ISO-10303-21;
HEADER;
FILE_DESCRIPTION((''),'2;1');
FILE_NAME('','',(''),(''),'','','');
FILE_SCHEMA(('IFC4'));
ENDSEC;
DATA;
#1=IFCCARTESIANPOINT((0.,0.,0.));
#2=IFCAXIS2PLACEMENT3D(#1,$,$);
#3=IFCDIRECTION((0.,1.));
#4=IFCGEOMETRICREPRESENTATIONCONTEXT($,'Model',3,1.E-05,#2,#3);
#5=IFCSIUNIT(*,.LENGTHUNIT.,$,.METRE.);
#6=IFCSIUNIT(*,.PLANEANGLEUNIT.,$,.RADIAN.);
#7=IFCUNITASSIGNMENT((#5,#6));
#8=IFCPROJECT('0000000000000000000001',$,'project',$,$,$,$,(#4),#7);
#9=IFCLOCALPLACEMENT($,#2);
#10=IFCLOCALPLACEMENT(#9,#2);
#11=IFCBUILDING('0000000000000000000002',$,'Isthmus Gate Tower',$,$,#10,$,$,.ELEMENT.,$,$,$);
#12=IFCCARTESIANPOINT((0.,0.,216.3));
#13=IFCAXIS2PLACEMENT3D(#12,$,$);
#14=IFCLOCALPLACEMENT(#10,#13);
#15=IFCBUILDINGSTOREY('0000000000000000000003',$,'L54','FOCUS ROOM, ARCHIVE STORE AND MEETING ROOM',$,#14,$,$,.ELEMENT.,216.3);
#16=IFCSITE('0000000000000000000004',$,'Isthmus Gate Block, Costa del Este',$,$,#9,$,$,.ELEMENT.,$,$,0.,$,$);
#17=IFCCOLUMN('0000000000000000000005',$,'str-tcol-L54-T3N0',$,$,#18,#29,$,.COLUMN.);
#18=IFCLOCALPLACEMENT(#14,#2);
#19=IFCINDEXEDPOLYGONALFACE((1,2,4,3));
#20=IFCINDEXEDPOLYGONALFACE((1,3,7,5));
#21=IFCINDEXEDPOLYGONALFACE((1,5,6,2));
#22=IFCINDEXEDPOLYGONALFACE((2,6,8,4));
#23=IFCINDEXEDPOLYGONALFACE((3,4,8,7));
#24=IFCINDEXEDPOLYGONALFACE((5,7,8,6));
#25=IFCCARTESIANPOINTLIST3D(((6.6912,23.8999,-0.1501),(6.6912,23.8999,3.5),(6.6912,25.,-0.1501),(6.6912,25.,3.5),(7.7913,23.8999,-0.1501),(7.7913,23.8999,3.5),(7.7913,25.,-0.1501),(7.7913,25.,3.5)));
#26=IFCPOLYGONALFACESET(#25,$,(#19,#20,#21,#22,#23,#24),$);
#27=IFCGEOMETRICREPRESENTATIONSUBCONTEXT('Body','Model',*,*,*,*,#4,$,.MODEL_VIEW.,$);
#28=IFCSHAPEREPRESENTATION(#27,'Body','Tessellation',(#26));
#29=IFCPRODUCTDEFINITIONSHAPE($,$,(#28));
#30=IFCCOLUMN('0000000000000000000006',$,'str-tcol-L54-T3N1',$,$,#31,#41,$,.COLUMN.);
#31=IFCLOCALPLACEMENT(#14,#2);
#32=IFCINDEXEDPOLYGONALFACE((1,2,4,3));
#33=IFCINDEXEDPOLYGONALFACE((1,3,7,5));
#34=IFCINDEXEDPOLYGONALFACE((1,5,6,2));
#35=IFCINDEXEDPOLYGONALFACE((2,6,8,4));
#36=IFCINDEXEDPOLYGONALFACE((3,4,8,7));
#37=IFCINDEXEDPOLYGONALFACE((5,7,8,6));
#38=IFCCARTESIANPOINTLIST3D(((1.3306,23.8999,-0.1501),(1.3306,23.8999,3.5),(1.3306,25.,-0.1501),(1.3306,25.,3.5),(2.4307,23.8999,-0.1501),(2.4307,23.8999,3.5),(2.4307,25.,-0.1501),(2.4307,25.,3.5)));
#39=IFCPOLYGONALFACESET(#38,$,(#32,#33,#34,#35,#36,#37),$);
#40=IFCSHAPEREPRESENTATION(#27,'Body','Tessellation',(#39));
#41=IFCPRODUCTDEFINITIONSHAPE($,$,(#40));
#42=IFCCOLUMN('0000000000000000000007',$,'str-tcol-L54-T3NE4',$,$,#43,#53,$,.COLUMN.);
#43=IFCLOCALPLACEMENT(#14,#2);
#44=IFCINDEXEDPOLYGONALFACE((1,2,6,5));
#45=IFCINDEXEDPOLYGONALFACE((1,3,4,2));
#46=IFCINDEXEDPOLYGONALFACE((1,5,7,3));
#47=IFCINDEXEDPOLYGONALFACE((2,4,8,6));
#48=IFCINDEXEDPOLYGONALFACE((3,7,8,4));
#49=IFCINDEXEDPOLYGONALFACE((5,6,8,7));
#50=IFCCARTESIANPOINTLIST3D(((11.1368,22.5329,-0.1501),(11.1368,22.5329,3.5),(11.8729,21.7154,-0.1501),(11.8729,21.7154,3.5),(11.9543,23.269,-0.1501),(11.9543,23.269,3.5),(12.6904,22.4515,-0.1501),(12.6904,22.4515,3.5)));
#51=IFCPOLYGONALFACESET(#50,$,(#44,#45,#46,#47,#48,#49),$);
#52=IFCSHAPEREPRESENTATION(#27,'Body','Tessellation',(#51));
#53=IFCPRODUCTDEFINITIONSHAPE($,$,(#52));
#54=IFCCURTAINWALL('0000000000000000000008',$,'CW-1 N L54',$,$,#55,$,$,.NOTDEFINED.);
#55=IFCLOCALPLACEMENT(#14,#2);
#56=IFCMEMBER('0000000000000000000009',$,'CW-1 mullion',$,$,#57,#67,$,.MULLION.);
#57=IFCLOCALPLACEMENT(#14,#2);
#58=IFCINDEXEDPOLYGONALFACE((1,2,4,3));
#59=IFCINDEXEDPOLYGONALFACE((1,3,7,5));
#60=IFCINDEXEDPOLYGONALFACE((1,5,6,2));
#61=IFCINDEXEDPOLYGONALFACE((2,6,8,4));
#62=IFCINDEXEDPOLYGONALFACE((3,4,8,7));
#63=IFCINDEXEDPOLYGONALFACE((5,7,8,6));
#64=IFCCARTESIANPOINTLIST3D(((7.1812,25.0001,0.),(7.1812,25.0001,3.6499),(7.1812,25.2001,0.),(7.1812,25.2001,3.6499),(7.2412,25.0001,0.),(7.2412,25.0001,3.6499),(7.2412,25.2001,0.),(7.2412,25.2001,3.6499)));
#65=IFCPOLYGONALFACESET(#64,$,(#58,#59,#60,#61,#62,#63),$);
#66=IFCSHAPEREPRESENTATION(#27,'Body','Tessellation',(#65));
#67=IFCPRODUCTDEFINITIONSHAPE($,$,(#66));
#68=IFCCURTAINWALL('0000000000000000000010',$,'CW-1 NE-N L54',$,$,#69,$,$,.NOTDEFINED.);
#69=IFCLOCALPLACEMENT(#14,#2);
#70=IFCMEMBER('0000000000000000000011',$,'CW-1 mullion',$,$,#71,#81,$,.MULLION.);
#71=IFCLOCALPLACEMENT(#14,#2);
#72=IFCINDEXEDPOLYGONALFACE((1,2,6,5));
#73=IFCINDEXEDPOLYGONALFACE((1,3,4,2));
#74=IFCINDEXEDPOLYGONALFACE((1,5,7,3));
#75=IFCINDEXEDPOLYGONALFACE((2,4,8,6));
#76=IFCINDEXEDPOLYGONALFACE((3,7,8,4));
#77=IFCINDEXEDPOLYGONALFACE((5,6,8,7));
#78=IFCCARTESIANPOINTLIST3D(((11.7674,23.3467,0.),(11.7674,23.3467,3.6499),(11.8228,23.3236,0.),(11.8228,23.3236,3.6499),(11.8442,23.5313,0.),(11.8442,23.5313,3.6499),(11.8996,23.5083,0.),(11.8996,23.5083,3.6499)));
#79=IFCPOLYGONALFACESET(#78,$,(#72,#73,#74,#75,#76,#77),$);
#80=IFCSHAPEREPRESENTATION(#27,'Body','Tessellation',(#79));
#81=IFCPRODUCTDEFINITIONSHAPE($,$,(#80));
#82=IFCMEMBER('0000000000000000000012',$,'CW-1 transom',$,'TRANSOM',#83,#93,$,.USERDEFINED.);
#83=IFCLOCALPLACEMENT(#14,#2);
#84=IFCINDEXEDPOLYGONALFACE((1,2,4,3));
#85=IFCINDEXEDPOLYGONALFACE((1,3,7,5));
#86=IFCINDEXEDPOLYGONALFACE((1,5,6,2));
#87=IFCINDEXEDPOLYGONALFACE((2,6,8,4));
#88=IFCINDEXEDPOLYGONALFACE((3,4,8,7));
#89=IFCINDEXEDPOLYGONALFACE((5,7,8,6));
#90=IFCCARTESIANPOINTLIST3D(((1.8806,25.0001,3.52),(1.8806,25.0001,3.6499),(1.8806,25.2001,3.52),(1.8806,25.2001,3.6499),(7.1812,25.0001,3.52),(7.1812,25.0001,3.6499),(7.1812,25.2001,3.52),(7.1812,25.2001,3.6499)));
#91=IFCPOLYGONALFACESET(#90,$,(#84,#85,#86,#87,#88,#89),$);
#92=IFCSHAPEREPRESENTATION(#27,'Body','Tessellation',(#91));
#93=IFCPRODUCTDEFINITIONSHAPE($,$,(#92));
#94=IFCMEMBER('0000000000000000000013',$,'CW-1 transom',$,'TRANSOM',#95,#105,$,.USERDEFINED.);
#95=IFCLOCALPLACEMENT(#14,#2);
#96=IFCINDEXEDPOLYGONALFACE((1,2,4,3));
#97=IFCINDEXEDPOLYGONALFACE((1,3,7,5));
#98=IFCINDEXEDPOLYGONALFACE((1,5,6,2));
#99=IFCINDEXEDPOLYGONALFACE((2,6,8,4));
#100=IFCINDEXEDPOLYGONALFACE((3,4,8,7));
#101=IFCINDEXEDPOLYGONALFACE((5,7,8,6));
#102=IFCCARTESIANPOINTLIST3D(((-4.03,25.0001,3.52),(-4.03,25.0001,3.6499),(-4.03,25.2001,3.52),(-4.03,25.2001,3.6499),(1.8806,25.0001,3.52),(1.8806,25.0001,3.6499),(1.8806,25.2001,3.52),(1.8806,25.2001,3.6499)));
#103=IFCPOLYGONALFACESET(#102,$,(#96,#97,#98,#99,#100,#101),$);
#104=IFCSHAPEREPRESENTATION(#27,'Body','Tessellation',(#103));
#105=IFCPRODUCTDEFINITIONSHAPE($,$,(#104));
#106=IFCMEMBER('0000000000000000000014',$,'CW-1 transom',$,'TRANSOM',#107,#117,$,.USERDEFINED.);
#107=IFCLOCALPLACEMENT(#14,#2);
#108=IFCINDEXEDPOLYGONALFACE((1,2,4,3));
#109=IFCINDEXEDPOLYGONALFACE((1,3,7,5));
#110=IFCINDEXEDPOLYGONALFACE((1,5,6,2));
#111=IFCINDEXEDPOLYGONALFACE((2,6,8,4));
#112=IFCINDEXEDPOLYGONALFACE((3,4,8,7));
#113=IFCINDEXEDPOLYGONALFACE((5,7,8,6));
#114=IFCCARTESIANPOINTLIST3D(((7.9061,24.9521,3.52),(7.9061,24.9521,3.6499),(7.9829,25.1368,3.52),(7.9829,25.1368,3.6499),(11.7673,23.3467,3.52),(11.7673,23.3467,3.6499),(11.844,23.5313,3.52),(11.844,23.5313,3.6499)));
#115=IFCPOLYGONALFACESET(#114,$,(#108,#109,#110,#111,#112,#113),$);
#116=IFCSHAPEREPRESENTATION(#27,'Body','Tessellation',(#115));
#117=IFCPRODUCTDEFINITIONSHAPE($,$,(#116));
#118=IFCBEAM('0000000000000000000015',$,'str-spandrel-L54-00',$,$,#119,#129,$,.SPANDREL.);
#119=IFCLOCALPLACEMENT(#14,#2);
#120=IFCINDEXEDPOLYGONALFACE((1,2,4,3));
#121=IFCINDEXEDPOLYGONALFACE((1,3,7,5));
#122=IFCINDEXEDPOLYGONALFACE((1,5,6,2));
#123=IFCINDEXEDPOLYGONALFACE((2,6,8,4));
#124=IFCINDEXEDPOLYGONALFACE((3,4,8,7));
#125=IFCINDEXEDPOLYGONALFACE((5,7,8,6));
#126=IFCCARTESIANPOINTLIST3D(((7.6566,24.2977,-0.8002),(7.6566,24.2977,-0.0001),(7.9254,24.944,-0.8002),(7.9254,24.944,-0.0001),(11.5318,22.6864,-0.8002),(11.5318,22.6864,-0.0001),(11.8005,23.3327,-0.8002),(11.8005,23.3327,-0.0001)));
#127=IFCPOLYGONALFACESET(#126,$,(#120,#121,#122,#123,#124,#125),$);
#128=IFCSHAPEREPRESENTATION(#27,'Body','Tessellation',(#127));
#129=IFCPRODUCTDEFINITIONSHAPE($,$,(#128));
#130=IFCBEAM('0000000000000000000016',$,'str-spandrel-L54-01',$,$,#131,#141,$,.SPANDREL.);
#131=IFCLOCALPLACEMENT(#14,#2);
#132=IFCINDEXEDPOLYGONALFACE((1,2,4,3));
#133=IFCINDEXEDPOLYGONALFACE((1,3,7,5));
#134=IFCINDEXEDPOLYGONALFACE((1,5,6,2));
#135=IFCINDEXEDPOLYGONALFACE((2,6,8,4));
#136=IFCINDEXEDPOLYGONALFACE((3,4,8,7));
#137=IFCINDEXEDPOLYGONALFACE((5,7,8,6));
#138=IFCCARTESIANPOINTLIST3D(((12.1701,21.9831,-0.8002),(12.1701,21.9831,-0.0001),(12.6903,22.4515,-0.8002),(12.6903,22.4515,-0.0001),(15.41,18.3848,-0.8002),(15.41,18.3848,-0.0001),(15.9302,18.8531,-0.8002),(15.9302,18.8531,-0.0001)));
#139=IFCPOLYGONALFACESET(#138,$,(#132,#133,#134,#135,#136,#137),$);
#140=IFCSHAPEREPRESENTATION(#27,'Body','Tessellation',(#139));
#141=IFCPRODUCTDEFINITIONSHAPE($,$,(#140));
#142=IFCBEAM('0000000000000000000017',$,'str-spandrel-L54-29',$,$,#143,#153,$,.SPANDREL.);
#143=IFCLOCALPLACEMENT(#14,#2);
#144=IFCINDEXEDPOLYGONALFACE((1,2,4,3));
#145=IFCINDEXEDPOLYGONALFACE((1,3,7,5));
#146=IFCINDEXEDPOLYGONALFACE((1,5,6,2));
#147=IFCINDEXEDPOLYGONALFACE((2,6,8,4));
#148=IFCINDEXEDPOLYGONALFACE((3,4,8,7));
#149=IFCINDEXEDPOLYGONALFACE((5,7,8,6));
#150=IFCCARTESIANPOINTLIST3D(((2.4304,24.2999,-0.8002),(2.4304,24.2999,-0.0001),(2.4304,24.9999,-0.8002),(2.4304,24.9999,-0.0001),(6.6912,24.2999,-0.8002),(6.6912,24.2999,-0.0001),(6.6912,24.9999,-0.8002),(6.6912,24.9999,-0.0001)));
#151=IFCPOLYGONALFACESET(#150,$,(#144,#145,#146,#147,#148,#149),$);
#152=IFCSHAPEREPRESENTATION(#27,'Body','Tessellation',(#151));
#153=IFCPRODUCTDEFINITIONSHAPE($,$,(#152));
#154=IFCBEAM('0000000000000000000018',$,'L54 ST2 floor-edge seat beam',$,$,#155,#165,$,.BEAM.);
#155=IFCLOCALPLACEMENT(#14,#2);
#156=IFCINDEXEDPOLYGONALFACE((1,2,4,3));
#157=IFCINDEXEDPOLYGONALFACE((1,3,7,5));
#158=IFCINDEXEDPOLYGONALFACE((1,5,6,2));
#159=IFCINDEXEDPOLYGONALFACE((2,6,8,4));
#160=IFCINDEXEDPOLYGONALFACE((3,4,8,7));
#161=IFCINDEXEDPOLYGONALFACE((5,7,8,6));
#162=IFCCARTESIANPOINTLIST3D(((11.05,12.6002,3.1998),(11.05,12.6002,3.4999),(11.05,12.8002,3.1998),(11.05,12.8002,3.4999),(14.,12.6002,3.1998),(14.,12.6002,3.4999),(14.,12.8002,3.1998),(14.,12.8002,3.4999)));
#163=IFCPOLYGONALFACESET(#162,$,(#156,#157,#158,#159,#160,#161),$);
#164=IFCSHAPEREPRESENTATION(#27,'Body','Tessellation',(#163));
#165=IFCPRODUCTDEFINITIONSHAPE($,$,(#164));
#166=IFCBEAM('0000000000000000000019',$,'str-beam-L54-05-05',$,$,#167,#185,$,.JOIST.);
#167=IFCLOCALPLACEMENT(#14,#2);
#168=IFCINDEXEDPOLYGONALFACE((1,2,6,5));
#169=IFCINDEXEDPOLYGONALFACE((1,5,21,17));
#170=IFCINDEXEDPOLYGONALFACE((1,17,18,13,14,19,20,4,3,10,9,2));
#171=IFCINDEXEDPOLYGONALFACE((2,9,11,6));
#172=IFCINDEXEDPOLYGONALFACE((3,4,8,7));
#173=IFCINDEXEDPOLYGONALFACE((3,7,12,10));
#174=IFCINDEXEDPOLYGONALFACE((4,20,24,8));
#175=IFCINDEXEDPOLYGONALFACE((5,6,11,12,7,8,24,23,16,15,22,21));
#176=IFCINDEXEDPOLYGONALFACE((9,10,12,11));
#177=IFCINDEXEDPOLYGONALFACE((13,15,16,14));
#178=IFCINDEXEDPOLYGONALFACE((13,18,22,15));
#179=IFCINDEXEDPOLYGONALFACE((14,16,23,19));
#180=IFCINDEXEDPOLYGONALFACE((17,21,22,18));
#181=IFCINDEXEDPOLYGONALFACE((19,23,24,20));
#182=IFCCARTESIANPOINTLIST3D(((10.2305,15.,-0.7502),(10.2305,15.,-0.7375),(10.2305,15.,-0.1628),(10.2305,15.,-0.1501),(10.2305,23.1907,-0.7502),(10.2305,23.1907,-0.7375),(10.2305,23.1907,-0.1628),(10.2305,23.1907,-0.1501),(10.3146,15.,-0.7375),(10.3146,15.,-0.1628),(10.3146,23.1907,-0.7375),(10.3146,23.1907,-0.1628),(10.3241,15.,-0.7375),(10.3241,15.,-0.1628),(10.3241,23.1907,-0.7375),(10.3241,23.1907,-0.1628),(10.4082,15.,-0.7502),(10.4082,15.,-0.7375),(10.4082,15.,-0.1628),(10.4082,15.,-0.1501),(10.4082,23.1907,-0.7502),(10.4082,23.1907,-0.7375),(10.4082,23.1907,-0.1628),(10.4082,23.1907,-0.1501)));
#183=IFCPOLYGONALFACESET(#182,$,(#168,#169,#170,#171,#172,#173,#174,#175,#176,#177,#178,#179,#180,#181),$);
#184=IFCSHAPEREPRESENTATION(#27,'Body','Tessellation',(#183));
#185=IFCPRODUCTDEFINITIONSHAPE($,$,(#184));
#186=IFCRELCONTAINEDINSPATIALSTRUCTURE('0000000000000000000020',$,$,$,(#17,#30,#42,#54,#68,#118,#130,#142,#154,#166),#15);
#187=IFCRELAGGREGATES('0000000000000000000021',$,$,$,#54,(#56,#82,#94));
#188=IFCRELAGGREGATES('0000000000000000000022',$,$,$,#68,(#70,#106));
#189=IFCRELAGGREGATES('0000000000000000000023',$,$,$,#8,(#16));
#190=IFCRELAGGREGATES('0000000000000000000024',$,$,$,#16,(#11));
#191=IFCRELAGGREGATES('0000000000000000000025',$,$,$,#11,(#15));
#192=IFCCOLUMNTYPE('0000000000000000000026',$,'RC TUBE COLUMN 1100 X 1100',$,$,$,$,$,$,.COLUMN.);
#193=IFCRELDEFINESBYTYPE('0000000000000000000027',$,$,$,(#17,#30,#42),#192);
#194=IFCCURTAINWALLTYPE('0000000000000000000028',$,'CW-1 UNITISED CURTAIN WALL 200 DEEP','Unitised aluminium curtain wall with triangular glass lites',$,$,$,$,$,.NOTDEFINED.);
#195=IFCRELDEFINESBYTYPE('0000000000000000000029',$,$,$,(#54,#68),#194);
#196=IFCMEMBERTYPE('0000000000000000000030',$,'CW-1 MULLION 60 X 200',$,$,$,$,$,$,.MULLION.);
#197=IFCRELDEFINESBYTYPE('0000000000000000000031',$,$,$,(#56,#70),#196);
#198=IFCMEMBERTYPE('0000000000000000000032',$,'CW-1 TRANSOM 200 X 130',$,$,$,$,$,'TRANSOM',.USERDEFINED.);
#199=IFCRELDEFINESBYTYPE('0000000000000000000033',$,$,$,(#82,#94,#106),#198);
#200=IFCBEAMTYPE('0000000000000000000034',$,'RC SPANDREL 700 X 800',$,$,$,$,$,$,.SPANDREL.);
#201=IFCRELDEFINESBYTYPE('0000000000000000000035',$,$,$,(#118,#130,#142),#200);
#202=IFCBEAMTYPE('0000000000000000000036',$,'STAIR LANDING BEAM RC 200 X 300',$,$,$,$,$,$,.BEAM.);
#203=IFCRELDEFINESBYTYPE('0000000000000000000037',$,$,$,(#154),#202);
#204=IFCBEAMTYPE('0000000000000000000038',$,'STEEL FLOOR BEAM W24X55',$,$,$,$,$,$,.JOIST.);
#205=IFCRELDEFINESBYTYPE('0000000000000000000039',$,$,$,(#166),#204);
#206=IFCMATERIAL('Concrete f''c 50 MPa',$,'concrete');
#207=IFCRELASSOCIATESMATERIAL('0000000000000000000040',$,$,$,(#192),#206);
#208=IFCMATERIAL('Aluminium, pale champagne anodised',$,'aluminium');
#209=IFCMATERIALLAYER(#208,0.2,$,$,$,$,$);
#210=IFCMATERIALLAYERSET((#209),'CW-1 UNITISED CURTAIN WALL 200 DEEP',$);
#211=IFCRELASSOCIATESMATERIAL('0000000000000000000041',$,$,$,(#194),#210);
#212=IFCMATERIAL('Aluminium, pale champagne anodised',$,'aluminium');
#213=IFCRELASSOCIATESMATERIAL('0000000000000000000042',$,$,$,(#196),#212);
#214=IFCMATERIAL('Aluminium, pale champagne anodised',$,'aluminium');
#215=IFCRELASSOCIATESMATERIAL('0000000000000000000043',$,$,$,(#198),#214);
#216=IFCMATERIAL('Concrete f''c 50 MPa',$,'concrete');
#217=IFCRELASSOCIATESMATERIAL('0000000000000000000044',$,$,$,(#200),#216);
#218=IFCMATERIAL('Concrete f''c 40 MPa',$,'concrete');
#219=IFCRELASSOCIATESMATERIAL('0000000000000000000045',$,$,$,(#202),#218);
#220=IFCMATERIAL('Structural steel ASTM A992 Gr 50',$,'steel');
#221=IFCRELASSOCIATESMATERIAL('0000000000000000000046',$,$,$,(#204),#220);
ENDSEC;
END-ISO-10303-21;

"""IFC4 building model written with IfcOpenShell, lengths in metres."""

from ifc_helpers import new_model, si_unit, direction, frame, origin, origin_2d, place, context, subcontext, project, spatial, rectangle, i_section, extrude, material, layer, layer_set, material_profile, profile_set, type_object, element, aggregate, save


model = new_model("IFC4")

# Units and contexts
model_context = context("Model", 3, precision=1e-05, world=origin(), true_north=direction((0.0, 1.0)))
body_context = subcontext(model_context, "Body", "Model", "MODEL_VIEW")
ifc_project = project(units=[si_unit("LENGTHUNIT", "METRE"), si_unit("PLANEANGLEUNIT", "RADIAN")], contexts=[model_context])

# Site, building, storey
site_placement = place(None, origin())
site = spatial("IfcSite", under=ifc_project, at=site_placement, Name="Isthmus Gate Block, Costa del Este", CompositionType="ELEMENT", RefElevation=0.0)
building_placement = place(site_placement, origin())
building = spatial("IfcBuilding", under=site, at=building_placement, Name="Isthmus Gate Tower", CompositionType="ELEMENT")
storey_placement = place(building_placement, frame((0.0, 0.0, 216.3)))
storey = spatial("IfcBuildingStorey", under=building, at=storey_placement, Name="L54", Description="FOCUS ROOM, ARCHIVE STORE AND MEETING ROOM", CompositionType="ELEMENT", Elevation=216.3)

# Columns
ifc_material_1 = material(Name="Concrete f'c 50 MPa", Category="concrete")
ifc_material_profile_1 = material_profile(ifc_material_1, rectangle(XDim=1.1001, YDim=1.1001, at=origin_2d()), Name="RC 1100X1100")
ifc_profile_set_1 = profile_set([ifc_material_profile_1], Name="Concrete f'c 50 MPa")
column_type = type_object("IfcColumnType", Name="RC TUBE COLUMN 1100 X 1100", PredefinedType="COLUMN", material=ifc_profile_set_1)
for number, where, z_axis, x_axis, name in (
    (1, (7.2412, 24.45, -0.1501), (0.0, 0.0, 1.0), (-1.0, 0.0, 0.0), "str-tcol-L54-T3N0"),
    (2, (1.8806, 24.45, -0.1501), (0.0, 0.0, 1.0), (-1.0, 0.0, 0.0), "str-tcol-L54-T3N1"),
    (3, (11.9136, 22.4922, -0.1501), (0.0, 0.0, 1.0), (-0.669131, 0.743145, 0.0), "str-tcol-L54-T3NE4"),
):
    element("IfcColumn", number, at=place(storey_placement, frame(where, z_axis=z_axis, x_axis=x_axis)), inside=storey, type_object=column_type, Name=name, PredefinedType="COLUMN", context=body_context, shape_type="SweptSolid", body=[
        extrude(rectangle(XDim=1.1001, YDim=1.1001, at=origin_2d()), origin(), (0.0, 0.0, 1.0), 3.6501),
    ])

# Curtain walls, members
ifc_material_2 = material(Name="Aluminium, pale champagne anodised", Category="aluminium")
ifc_layer_1 = layer(ifc_material_2, 0.2)
ifc_layer_set_1 = layer_set([ifc_layer_1], Name="CW-1 UNITISED CURTAIN WALL 200 DEEP")
curtain_wall_type = type_object("IfcCurtainWallType", Name="CW-1 UNITISED CURTAIN WALL 200 DEEP", Description="Unitised aluminium curtain wall with triangular glass lites", PredefinedType="NOTDEFINED", material=ifc_layer_set_1)
curtain_wall_1_placement = place(storey_placement, origin())
curtain_wall_1 = element("IfcCurtainWall", 4, at=curtain_wall_1_placement, inside=storey, type_object=curtain_wall_type, Name="CW-1 N L54", PredefinedType="NOTDEFINED")
ifc_material_3 = material(Name="Aluminium, pale champagne anodised", Category="aluminium")
ifc_material_profile_2 = material_profile(ifc_material_3, rectangle(XDim=0.0601, YDim=0.2, at=origin_2d()), Name="60x200")
ifc_profile_set_2 = profile_set([ifc_material_profile_2], Name="Aluminium, pale champagne anodised")
member_type_1 = type_object("IfcMemberType", Name="CW-1 MULLION 60 X 200", PredefinedType="MULLION", material=ifc_profile_set_2)
member_1_placement = place(storey_placement, frame((7.2112, 25.1001, 0.0), z_axis=(0.0, 0.0, 1.0), x_axis=(-1.0, 0.0, 0.0)))
member_1 = element("IfcMember", 5, at=member_1_placement, type_object=member_type_1, Name="CW-1 mullion", PredefinedType="MULLION", context=body_context, shape_type="SweptSolid", body=[
    extrude(rectangle(XDim=0.0601, YDim=0.2, at=origin_2d()), origin(), (0.0, 0.0, 1.0), 3.6499),
])
curtain_wall_2_placement = place(storey_placement, origin())
curtain_wall_2 = element("IfcCurtainWall", 6, at=curtain_wall_2_placement, inside=storey, type_object=curtain_wall_type, Name="CW-1 NE-N L54", PredefinedType="NOTDEFINED")
member_2_placement = place(storey_placement, frame((11.8335, 23.4275, 0.0), z_axis=(0.0, 0.0, 1.0), x_axis=(-0.923353, 0.383952, 0.0)))
member_2 = element("IfcMember", 7, at=member_2_placement, type_object=member_type_1, Name="CW-1 mullion", PredefinedType="MULLION", context=body_context, shape_type="SweptSolid", body=[
    extrude(rectangle(XDim=0.0601, YDim=0.2, at=origin_2d()), origin(), (0.0, 0.0, 1.0), 3.6499),
])

# Members
ifc_material_4 = material(Name="Aluminium, pale champagne anodised", Category="aluminium")
ifc_material_profile_3 = material_profile(ifc_material_4, rectangle(XDim=0.2, YDim=0.1299, at=origin_2d()), Name="200x130")
ifc_profile_set_3 = profile_set([ifc_material_profile_3], Name="Aluminium, pale champagne anodised")
member_type_2 = type_object("IfcMemberType", Name="CW-1 TRANSOM 200 X 130", ElementType="TRANSOM", PredefinedType="USERDEFINED", material=ifc_profile_set_3)
member_3_placement = place(storey_placement, frame((7.1812, 25.1001, 3.585), z_axis=(-1.0, 0.0, 0.0), x_axis=(0.0, -1.0, 0.0)))
member_3 = element("IfcMember", 8, at=member_3_placement, type_object=member_type_2, Name="CW-1 transom", ObjectType="TRANSOM", PredefinedType="USERDEFINED", context=body_context, shape_type="SweptSolid", body=[
    extrude(rectangle(XDim=0.2, YDim=0.1299, at=origin_2d()), origin(), (0.0, 0.0, 1.0), 5.3005),
])
member_4_placement = place(storey_placement, frame((1.8806, 25.1001, 3.585), z_axis=(-1.0, 0.0, 0.0), x_axis=(0.0, -1.0, 0.0)))
member_4 = element("IfcMember", 9, at=member_4_placement, type_object=member_type_2, Name="CW-1 transom", ObjectType="TRANSOM", PredefinedType="USERDEFINED", context=body_context, shape_type="SweptSolid", body=[
    extrude(rectangle(XDim=0.2, YDim=0.1299, at=origin_2d()), origin(), (0.0, 0.0, 1.0), 5.9106),
])
member_5_placement = place(storey_placement, frame((11.8057, 23.439, 3.585), z_axis=(-0.923358, 0.38394, 0.0), x_axis=(-0.38394, -0.923358, 0.0)))
member_5 = element("IfcMember", 10, at=member_5_placement, type_object=member_type_2, Name="CW-1 transom", ObjectType="TRANSOM", PredefinedType="USERDEFINED", context=body_context, shape_type="SweptSolid", body=[
    extrude(rectangle(XDim=0.2, YDim=0.1299, at=origin_2d()), origin(), (0.0, 0.0, 1.0), 4.1816),
])

# Beams
ifc_material_5 = material(Name="Concrete f'c 50 MPa", Category="concrete")
ifc_material_profile_4 = material_profile(ifc_material_5, rectangle(XDim=0.7, YDim=0.8, at=origin_2d()), Name="RC 700X800")
ifc_profile_set_4 = profile_set([ifc_material_profile_4], Name="Concrete f'c 50 MPa")
beam_type_1 = type_object("IfcBeamType", Name="RC SPANDREL 700 X 800", PredefinedType="SPANDREL", material=ifc_profile_set_4)
beam_1_placement = place(storey_placement, frame((7.791, 24.6208, -0.4001), z_axis=(0.923361, -0.383934, 0.0), x_axis=(0.383934, 0.923361, 0.0)))
element("IfcBeam", 11, at=beam_1_placement, inside=storey, type_object=beam_type_1, Name="str-spandrel-L54-00", PredefinedType="SPANDREL", context=body_context, shape_type="SweptSolid", body=[
    extrude(rectangle(XDim=0.7, YDim=0.8, at=origin_2d()), origin(), (0.0, 0.0, 1.0), 4.1968),
])
beam_2_placement = place(storey_placement, frame((12.4302, 22.2173, -0.4001), z_axis=(0.669129, -0.743146, 0.0), x_axis=(0.743146, 0.669129, 0.0)))
element("IfcBeam", 12, at=beam_2_placement, inside=storey, type_object=beam_type_1, Name="str-spandrel-L54-01", PredefinedType="SPANDREL", context=body_context, shape_type="SweptSolid", body=[
    extrude(rectangle(XDim=0.7, YDim=0.8, at=origin_2d()), origin(), (0.0, 0.0, 1.0), 4.842),
])
beam_3_placement = place(storey_placement, frame((2.4304, 24.6499, -0.4001), z_axis=(1.0, 0.0, 0.0), x_axis=(0.0, 1.0, 0.0)))
element("IfcBeam", 13, at=beam_3_placement, inside=storey, type_object=beam_type_1, Name="str-spandrel-L54-29", PredefinedType="SPANDREL", context=body_context, shape_type="SweptSolid", body=[
    extrude(rectangle(XDim=0.7, YDim=0.8, at=origin_2d()), origin(), (0.0, 0.0, 1.0), 4.2607),
])
ifc_material_6 = material(Name="Concrete f'c 40 MPa", Category="concrete")
ifc_material_profile_5 = material_profile(ifc_material_6, rectangle(XDim=0.2, YDim=0.3, at=origin_2d()), Name="STAIR LANDING BEAM RC 200 X 300")
ifc_profile_set_5 = profile_set([ifc_material_profile_5], Name="Concrete f'c 40 MPa")
beam_type_2 = type_object("IfcBeamType", Name="STAIR LANDING BEAM RC 200 X 300", PredefinedType="BEAM", material=ifc_profile_set_5)
beam_4_placement = place(storey_placement, frame((11.05, 12.7002, 3.3499), z_axis=(1.0, 0.0, 0.0), x_axis=(0.0, 1.0, 0.0)))
element("IfcBeam", 14, at=beam_4_placement, inside=storey, type_object=beam_type_2, Name="L54 ST2 floor-edge seat beam", PredefinedType="BEAM", context=body_context, shape_type="SweptSolid", body=[
    extrude(rectangle(XDim=0.2, YDim=0.3, at=origin_2d()), origin(), (0.0, 0.0, 1.0), 2.95),
])
ifc_material_7 = material(Name="Structural steel ASTM A992 Gr 50", Category="steel")
ifc_material_profile_6 = material_profile(ifc_material_7, i_section(OverallWidth=0.1777, OverallDepth=0.6001, WebThickness=0.0095, FlangeThickness=0.0127, at=origin_2d()), Name="W24X55")
ifc_profile_set_6 = profile_set([ifc_material_profile_6], Name="Structural steel ASTM A992 Gr 50")
beam_type_3 = type_object("IfcBeamType", Name="STEEL FLOOR BEAM W24X55", PredefinedType="JOIST", material=ifc_profile_set_6)
beam_5_placement = place(storey_placement, frame((10.3193, 15.0, -0.4502), z_axis=(0.0, 1.0, 0.0), x_axis=(-1.0, 0.0, 0.0)))
element("IfcBeam", 15, at=beam_5_placement, inside=storey, type_object=beam_type_3, Name="str-beam-L54-05-05", PredefinedType="JOIST", context=body_context, shape_type="SweptSolid", body=[
    extrude(i_section(OverallWidth=0.1777, OverallDepth=0.6001, WebThickness=0.0095, FlangeThickness=0.0127, at=origin_2d()), origin(), (0.0, 0.0, 1.0), 8.1907),
])

aggregate(curtain_wall_1, [member_1, member_3, member_4])
aggregate(curtain_wall_2, [member_2, member_5])

save(model, "model.ifc")
